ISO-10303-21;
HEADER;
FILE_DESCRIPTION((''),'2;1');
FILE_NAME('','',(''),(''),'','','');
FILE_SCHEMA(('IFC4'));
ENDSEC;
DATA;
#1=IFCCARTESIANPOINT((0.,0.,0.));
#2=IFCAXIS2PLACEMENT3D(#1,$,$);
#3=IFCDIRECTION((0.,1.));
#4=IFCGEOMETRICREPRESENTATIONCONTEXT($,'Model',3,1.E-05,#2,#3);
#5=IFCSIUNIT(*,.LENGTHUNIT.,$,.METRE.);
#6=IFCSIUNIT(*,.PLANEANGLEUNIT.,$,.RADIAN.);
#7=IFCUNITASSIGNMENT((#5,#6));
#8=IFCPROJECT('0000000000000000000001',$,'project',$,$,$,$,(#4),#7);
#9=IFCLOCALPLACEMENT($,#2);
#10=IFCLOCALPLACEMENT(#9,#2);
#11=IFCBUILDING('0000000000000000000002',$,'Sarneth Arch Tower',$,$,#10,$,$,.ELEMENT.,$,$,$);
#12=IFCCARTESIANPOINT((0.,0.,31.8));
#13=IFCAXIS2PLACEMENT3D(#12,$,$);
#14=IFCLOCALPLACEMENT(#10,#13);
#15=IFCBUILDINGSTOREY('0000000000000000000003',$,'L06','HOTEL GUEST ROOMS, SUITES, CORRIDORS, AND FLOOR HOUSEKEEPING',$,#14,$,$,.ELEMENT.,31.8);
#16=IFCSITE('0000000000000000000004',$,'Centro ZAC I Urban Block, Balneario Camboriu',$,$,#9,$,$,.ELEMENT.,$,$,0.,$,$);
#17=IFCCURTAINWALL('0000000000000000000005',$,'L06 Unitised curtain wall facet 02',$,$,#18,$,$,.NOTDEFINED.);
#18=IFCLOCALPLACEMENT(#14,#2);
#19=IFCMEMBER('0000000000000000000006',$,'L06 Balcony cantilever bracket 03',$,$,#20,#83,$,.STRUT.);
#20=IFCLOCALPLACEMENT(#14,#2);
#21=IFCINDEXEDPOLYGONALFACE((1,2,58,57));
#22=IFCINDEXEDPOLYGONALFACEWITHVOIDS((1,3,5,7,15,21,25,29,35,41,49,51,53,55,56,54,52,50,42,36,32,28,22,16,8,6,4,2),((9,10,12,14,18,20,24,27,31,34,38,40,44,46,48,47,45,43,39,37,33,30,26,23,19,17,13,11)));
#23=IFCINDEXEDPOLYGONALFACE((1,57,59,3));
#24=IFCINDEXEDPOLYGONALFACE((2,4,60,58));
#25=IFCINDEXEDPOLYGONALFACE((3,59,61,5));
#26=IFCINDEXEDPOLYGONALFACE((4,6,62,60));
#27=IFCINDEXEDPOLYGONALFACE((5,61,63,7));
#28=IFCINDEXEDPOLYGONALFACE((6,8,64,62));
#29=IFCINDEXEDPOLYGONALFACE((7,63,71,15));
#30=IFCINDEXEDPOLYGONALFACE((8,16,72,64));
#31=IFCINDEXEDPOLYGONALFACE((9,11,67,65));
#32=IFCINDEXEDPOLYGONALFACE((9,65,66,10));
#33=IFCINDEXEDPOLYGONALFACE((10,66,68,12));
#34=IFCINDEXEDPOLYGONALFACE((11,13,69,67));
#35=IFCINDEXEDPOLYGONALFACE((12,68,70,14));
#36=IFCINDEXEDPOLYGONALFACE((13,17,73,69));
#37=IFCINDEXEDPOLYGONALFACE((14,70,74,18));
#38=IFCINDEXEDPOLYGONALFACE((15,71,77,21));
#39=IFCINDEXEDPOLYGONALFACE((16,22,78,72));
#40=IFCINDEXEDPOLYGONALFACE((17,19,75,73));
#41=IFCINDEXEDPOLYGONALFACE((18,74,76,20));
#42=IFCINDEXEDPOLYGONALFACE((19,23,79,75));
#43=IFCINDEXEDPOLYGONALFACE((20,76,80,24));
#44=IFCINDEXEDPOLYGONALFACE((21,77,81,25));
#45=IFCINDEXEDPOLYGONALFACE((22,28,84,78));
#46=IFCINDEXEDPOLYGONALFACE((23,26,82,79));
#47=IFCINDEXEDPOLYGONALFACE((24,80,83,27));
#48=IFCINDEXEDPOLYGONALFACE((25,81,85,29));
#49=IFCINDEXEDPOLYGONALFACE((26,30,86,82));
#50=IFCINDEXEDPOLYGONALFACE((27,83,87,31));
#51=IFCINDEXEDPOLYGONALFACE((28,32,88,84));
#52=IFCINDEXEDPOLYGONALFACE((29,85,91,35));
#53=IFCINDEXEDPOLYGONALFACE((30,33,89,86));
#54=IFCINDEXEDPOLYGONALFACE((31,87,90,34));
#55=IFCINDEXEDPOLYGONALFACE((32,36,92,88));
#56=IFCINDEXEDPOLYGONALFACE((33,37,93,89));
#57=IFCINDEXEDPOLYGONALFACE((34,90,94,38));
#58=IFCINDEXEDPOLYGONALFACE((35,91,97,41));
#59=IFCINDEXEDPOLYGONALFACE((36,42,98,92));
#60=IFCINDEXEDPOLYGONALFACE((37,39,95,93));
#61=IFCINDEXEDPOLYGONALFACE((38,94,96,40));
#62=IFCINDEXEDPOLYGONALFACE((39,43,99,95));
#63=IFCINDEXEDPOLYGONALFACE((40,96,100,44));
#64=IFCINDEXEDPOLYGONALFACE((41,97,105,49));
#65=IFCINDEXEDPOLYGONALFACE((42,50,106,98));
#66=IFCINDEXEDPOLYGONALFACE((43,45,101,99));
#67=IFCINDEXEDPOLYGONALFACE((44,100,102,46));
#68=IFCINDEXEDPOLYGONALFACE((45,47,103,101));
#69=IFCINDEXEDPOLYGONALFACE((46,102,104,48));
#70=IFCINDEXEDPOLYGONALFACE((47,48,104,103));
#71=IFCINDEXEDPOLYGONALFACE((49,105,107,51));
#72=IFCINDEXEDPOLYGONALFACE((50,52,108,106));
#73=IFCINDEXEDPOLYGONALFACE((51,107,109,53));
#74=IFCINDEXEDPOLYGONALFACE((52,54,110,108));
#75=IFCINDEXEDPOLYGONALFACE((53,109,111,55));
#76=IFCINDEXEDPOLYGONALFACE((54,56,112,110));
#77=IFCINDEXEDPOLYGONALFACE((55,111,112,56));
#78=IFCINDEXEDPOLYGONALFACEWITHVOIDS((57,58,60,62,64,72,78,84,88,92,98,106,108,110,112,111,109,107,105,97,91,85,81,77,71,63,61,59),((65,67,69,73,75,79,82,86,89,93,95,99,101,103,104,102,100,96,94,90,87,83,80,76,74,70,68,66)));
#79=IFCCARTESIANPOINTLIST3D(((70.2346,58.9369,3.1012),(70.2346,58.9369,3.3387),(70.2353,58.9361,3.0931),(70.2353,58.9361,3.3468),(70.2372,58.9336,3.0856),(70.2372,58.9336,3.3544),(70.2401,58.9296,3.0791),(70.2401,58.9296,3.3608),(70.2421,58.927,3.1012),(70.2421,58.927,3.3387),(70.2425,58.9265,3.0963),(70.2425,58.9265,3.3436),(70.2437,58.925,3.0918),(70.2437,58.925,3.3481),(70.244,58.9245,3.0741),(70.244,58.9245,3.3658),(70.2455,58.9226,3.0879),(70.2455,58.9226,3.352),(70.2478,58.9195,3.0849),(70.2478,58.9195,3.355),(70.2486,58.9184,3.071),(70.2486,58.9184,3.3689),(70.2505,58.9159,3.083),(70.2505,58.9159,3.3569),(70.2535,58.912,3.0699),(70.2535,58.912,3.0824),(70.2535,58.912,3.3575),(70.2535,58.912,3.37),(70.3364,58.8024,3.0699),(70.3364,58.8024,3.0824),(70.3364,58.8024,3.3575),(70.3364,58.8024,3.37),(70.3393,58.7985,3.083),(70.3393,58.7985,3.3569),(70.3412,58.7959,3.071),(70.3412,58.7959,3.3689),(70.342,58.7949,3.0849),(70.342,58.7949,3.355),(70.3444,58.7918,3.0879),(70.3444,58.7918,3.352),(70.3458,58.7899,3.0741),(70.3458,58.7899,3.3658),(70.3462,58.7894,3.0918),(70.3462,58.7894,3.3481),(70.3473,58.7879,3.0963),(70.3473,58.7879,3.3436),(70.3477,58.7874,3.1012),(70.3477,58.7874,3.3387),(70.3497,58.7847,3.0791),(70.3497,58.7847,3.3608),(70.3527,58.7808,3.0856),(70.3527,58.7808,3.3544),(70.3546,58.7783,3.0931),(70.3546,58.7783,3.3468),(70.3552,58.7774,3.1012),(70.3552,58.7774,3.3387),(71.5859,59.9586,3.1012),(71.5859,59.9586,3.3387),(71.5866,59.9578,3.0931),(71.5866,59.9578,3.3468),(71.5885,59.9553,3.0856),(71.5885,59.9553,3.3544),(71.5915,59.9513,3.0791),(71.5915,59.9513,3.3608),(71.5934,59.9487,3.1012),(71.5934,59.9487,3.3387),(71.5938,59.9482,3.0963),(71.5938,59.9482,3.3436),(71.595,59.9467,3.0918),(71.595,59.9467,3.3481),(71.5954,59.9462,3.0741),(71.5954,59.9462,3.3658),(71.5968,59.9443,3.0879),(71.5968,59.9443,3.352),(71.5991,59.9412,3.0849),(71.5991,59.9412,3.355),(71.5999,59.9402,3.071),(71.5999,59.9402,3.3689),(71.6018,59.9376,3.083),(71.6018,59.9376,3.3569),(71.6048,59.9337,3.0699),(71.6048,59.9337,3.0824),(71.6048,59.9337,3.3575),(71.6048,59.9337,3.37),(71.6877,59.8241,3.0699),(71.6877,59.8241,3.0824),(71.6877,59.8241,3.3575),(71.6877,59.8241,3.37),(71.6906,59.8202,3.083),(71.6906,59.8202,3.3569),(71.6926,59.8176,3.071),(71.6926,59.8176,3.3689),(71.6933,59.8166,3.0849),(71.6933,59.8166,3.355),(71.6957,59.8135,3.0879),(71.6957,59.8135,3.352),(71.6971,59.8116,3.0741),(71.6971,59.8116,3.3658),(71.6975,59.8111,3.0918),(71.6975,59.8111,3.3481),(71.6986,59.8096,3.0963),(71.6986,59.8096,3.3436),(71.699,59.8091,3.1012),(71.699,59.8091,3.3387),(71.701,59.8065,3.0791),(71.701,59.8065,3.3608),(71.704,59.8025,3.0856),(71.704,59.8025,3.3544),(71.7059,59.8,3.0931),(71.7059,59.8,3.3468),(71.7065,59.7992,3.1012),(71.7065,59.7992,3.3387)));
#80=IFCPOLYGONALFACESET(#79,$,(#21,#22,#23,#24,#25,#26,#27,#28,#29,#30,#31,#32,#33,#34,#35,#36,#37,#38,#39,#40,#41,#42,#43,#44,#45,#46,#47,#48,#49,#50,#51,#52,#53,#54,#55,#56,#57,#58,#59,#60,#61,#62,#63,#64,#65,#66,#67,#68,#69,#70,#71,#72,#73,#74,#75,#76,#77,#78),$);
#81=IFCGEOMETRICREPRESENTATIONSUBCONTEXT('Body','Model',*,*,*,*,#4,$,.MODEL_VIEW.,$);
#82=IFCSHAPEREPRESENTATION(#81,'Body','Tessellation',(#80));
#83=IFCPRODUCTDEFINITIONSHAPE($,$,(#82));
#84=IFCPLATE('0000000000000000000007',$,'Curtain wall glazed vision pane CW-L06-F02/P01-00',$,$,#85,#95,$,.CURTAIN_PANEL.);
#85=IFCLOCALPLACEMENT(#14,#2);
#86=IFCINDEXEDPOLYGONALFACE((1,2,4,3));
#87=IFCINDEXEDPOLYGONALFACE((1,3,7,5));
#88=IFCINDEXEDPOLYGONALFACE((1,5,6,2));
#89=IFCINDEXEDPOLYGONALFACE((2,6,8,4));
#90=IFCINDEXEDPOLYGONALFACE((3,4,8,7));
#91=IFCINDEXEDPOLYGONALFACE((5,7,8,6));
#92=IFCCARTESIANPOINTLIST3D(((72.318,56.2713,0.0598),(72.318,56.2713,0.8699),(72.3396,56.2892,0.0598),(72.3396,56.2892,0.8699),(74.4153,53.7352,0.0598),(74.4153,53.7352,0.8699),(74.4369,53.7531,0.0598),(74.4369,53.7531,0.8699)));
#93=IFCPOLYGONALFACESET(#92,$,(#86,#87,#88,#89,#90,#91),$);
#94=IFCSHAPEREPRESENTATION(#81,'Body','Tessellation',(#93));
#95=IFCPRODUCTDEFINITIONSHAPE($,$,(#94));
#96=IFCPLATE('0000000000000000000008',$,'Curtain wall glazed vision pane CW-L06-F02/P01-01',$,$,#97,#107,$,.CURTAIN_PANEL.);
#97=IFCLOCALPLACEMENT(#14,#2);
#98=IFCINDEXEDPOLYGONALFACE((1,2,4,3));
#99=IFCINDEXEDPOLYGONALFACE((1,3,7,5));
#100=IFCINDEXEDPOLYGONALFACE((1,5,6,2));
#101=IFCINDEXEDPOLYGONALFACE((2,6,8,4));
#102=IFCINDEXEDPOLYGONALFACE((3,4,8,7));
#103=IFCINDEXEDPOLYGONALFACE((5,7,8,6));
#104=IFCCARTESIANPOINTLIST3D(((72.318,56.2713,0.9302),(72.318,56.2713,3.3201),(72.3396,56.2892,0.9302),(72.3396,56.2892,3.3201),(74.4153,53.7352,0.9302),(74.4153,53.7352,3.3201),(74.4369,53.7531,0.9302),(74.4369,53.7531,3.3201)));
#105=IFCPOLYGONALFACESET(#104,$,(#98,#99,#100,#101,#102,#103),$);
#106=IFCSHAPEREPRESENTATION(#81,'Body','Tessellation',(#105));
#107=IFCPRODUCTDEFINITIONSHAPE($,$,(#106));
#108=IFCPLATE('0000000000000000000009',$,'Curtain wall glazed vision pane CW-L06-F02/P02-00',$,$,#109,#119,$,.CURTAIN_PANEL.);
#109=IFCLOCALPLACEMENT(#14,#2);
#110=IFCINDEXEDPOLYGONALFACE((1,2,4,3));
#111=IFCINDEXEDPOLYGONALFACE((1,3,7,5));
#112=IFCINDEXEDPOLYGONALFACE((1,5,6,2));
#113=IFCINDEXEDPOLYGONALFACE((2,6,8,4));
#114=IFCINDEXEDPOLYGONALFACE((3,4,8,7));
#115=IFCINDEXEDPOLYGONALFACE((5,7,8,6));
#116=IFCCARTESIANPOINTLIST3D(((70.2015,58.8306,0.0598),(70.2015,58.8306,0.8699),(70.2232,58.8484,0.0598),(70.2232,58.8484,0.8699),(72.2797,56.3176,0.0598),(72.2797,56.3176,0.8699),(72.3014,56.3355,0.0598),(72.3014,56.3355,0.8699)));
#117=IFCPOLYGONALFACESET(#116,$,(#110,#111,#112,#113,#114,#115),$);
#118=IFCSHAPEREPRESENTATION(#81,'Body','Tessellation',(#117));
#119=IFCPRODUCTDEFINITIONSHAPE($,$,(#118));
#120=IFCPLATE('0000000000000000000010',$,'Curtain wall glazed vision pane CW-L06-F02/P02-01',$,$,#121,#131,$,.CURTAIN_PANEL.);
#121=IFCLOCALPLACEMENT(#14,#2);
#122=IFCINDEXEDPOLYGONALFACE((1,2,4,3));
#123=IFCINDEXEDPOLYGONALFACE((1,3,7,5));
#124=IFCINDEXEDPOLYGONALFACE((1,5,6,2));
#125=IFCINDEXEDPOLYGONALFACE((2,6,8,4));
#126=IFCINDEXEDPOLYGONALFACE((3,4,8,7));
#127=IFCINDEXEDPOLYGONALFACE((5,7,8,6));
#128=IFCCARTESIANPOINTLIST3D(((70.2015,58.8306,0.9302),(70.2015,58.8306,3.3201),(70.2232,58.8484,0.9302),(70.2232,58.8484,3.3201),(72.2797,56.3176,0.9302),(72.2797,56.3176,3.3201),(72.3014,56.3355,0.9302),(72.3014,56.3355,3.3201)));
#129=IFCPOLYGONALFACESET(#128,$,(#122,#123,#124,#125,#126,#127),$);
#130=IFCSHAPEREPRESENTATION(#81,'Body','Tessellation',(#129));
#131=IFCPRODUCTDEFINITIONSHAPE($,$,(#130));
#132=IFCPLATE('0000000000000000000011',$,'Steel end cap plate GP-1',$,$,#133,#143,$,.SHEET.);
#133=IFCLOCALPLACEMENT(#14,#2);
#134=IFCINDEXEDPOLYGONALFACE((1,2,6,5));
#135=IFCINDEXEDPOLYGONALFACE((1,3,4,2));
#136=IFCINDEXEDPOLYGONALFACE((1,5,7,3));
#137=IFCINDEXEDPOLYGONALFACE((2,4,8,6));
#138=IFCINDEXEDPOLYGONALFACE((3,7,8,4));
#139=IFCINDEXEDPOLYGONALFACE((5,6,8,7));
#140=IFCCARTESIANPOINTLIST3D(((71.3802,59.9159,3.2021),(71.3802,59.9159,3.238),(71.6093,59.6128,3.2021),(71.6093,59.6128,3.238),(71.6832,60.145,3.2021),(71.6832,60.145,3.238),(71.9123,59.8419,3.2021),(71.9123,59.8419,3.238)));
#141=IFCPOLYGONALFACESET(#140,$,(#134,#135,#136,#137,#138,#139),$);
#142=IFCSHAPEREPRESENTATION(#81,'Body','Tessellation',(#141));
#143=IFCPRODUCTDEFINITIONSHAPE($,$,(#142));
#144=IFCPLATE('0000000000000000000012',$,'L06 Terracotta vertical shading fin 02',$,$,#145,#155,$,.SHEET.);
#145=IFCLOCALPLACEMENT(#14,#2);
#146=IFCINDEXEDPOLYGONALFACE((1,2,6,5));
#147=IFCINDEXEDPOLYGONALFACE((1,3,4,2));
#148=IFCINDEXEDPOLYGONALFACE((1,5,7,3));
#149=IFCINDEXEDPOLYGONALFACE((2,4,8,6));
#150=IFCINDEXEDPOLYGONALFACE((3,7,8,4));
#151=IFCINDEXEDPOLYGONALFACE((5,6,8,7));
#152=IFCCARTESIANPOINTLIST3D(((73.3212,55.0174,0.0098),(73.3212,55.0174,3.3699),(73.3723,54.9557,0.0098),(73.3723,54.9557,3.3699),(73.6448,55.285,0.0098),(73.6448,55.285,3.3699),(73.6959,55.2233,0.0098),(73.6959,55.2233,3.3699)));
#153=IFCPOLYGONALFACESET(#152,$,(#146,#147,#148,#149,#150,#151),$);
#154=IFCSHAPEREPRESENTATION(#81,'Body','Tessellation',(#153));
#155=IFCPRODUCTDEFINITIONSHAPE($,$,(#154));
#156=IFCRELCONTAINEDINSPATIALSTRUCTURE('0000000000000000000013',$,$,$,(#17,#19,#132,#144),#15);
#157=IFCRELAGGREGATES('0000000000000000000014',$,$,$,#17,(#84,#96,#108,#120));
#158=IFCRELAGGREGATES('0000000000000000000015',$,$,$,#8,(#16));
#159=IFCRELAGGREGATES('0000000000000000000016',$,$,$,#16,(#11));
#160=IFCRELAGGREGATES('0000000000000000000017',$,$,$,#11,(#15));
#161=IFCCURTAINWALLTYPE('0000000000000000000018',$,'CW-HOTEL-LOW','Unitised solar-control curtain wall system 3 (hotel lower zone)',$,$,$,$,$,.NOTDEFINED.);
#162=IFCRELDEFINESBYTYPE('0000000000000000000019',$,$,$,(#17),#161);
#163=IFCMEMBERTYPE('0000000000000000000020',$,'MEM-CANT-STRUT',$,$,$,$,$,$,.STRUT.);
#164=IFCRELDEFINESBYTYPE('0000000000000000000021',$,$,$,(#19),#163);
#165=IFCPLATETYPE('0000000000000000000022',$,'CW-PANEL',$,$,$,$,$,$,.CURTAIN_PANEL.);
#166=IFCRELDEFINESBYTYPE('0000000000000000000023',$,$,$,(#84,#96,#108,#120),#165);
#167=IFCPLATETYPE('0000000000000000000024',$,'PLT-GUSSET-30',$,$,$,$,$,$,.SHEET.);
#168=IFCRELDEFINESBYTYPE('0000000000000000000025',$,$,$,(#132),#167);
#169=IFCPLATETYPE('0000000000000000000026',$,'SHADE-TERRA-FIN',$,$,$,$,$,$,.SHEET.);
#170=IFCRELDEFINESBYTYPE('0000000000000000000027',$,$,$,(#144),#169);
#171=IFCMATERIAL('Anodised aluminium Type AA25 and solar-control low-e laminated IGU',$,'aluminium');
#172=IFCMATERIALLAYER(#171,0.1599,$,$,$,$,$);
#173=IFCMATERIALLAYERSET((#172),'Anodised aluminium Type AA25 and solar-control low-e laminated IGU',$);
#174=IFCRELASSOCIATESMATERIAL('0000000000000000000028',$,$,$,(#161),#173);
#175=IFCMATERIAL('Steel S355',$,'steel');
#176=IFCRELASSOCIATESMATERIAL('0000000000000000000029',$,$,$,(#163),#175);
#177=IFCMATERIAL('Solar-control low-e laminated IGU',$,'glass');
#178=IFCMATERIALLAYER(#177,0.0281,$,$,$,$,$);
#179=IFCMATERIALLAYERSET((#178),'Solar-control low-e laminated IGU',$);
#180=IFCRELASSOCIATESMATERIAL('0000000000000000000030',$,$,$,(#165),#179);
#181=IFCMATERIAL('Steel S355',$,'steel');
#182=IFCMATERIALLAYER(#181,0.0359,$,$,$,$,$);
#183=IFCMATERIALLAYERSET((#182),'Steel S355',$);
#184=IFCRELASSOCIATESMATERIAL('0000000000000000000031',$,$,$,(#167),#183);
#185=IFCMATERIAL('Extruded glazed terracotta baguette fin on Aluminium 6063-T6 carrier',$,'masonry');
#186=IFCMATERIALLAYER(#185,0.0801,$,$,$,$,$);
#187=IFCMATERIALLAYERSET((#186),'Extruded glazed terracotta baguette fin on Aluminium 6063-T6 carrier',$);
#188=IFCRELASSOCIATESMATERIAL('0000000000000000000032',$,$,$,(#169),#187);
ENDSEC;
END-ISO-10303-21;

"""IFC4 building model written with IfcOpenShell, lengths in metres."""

from ifc_helpers import new_model, si_unit, direction, frame, origin, origin_2d, place, context, subcontext, project, spatial, rectangle, hollow_rectangle, extrude, material, layer, layer_set, material_profile, profile_set, type_object, element, aggregate, save


model = new_model("IFC4")

# Units and contexts
model_context = context("Model", 3, precision=1e-05, world=origin(), true_north=direction((0.0, 1.0)))
body_context = subcontext(model_context, "Body", "Model", "MODEL_VIEW")
ifc_project = project(units=[si_unit("LENGTHUNIT", "METRE"), si_unit("PLANEANGLEUNIT", "RADIAN")], contexts=[model_context])

# Site, building, storey
site_placement = place(None, origin())
site = spatial("IfcSite", under=ifc_project, at=site_placement, Name="Centro ZAC I Urban Block, Balneario Camboriu", CompositionType="ELEMENT", RefElevation=0.0)
building_placement = place(site_placement, origin())
building = spatial("IfcBuilding", under=site, at=building_placement, Name="Sarneth Arch Tower", CompositionType="ELEMENT")
storey_placement = place(building_placement, frame((0.0, 0.0, 31.8)))
storey = spatial("IfcBuildingStorey", under=building, at=storey_placement, Name="L06", Description="HOTEL GUEST ROOMS, SUITES, CORRIDORS, AND FLOOR HOUSEKEEPING", CompositionType="ELEMENT", Elevation=31.8)

# Curtain wall
ifc_material_1 = material(Name="Anodised aluminium Type AA25 and solar-control low-e laminated IGU", Category="aluminium")
ifc_layer_1 = layer(ifc_material_1, 0.1599)
ifc_layer_set_1 = layer_set([ifc_layer_1], Name="Anodised aluminium Type AA25 and solar-control low-e laminated IGU")
curtain_wall_type = type_object("IfcCurtainWallType", Name="CW-HOTEL-LOW", Description="Unitised solar-control curtain wall system 3 (hotel lower zone)", PredefinedType="NOTDEFINED", material=ifc_layer_set_1)
curtain_wall_placement = place(storey_placement, origin())
curtain_wall = element("IfcCurtainWall", 1, at=curtain_wall_placement, inside=storey, type_object=curtain_wall_type, Name="L06 Unitised curtain wall facet 02", PredefinedType="NOTDEFINED")

# Member
ifc_material_2 = material(Name="Steel S355", Category="steel")
ifc_material_profile_1 = material_profile(ifc_material_2, hollow_rectangle(XDim=0.2, YDim=0.3, WallThickness=0.0125, InnerFilletRadius=0.0188, OuterFilletRadius=0.0312, at=origin_2d()), Name="RHS300x200x12.5")
ifc_profile_set_1 = profile_set([ifc_material_profile_1], Name="Steel S355")
member_type_1 = type_object("IfcMemberType", Name="MEM-CANT-STRUT", PredefinedType="STRUT", material=ifc_profile_set_1)
member_1_placement = place(storey_placement, frame((70.2949, 58.8572, 3.22), z_axis=(0.797659, 0.603108, 0.0), x_axis=(-0.603108, 0.797659, 0.0)))
element("IfcMember", 2, at=member_1_placement, inside=storey, type_object=member_type_1, Name="L06 Balcony cantilever bracket 03", PredefinedType="STRUT", context=body_context, shape_type="SweptSolid", body=[
    extrude(hollow_rectangle(XDim=0.2, YDim=0.3, WallThickness=0.0125, InnerFilletRadius=0.0188, OuterFilletRadius=0.0312, at=origin_2d()), origin(), (0.0, 0.0, 1.0), 1.6941),
])

# Plates
ifc_material_3 = material(Name="Solar-control low-e laminated IGU", Category="glass")
ifc_layer_2 = layer(ifc_material_3, 0.0281)
ifc_layer_set_2 = layer_set([ifc_layer_2], Name="Solar-control low-e laminated IGU")
plate_type_1 = type_object("IfcPlateType", Name="CW-PANEL", PredefinedType="CURTAIN_PANEL", material=ifc_layer_set_2)
plate_1_placement = place(storey_placement, frame((73.3774, 55.0122, 0.0598), z_axis=(0.0, 0.0, 1.0), x_axis=(-0.637291, 0.770623, 0.0)))
plate_1 = element("IfcPlate", 3, at=plate_1_placement, type_object=plate_type_1, Name="Curtain wall glazed vision pane CW-L06-F02/P01-00", PredefinedType="CURTAIN_PANEL", context=body_context, shape_type="SweptSolid", body=[
    extrude(rectangle(XDim=3.291, YDim=0.0281, at=origin_2d()), origin(), (0.0, 0.0, 1.0), 0.8101),
])
plate_2_placement = place(storey_placement, frame((73.3774, 55.0122, 0.9302), z_axis=(0.0, 0.0, 1.0), x_axis=(-0.637291, 0.770623, 0.0)))
plate_2 = element("IfcPlate", 4, at=plate_2_placement, type_object=plate_type_1, Name="Curtain wall glazed vision pane CW-L06-F02/P01-01", PredefinedType="CURTAIN_PANEL", context=body_context, shape_type="SweptSolid", body=[
    extrude(rectangle(XDim=3.291, YDim=0.0281, at=origin_2d()), origin(), (0.0, 0.0, 1.0), 2.3899),
])
plate_3_placement = place(storey_placement, frame((71.2515, 57.583, 0.0598), z_axis=(0.0, 0.0, 1.0), x_axis=(-0.637291, 0.770623, 0.0)))
plate_3 = element("IfcPlate", 5, at=plate_3_placement, type_object=plate_type_1, Name="Curtain wall glazed vision pane CW-L06-F02/P02-00", PredefinedType="CURTAIN_PANEL", context=body_context, shape_type="SweptSolid", body=[
    extrude(rectangle(XDim=3.261, YDim=0.0281, at=origin_2d()), origin(), (0.0, 0.0, 1.0), 0.8101),
])
plate_4_placement = place(storey_placement, frame((71.2515, 57.583, 0.9302), z_axis=(0.0, 0.0, 1.0), x_axis=(-0.637291, 0.770623, 0.0)))
plate_4 = element("IfcPlate", 6, at=plate_4_placement, type_object=plate_type_1, Name="Curtain wall glazed vision pane CW-L06-F02/P02-01", PredefinedType="CURTAIN_PANEL", context=body_context, shape_type="SweptSolid", body=[
    extrude(rectangle(XDim=3.261, YDim=0.0281, at=origin_2d()), origin(), (0.0, 0.0, 1.0), 2.3899),
])
aggregate(curtain_wall, [plate_1, plate_2, plate_3, plate_4])

# Plates
ifc_material_4 = material(Name="Steel S355", Category="steel")
ifc_layer_3 = layer(ifc_material_4, 0.0359)
ifc_layer_set_3 = layer_set([ifc_layer_3], Name="Steel S355")
plate_type_2 = type_object("IfcPlateType", Name="PLT-GUSSET-30", PredefinedType="SHEET", material=ifc_layer_set_3)
plate_5_placement = place(storey_placement, frame((71.6462, 59.8789, 3.2021), z_axis=(0.0, 0.0, 1.0), x_axis=(0.797689, 0.603069, 0.0)))
element("IfcPlate", 7, at=plate_5_placement, inside=storey, type_object=plate_type_2, Name="Steel end cap plate GP-1", PredefinedType="SHEET", context=body_context, shape_type="SweptSolid", body=[
    extrude(rectangle(XDim=0.3799, YDim=0.3799, at=origin_2d()), origin(), (0.0, 0.0, 1.0), 0.0359),
])
ifc_material_5 = material(Name="Extruded glazed terracotta baguette fin on Aluminium 6063-T6 carrier", Category="masonry")
ifc_layer_4 = layer(ifc_material_5, 0.0801)
ifc_layer_set_4 = layer_set([ifc_layer_4], Name="Extruded glazed terracotta baguette fin on Aluminium 6063-T6 carrier")
plate_type_3 = type_object("IfcPlateType", Name="SHADE-TERRA-FIN", PredefinedType="SHEET", material=ifc_layer_set_4)
plate_6_placement = place(storey_placement, frame((73.5085, 55.1204, 0.0098), z_axis=(0.0, 0.0, 1.0), x_axis=(0.770624, 0.63729, 0.0)))
element("IfcPlate", 8, at=plate_6_placement, inside=storey, type_object=plate_type_3, Name="L06 Terracotta vertical shading fin 02", PredefinedType="SHEET", context=body_context, shape_type="SweptSolid", body=[
    extrude(rectangle(XDim=0.4199, YDim=0.0801, at=origin_2d()), origin(), (0.0, 0.0, 1.0), 3.3601),
])

save(model, "model.ifc")
